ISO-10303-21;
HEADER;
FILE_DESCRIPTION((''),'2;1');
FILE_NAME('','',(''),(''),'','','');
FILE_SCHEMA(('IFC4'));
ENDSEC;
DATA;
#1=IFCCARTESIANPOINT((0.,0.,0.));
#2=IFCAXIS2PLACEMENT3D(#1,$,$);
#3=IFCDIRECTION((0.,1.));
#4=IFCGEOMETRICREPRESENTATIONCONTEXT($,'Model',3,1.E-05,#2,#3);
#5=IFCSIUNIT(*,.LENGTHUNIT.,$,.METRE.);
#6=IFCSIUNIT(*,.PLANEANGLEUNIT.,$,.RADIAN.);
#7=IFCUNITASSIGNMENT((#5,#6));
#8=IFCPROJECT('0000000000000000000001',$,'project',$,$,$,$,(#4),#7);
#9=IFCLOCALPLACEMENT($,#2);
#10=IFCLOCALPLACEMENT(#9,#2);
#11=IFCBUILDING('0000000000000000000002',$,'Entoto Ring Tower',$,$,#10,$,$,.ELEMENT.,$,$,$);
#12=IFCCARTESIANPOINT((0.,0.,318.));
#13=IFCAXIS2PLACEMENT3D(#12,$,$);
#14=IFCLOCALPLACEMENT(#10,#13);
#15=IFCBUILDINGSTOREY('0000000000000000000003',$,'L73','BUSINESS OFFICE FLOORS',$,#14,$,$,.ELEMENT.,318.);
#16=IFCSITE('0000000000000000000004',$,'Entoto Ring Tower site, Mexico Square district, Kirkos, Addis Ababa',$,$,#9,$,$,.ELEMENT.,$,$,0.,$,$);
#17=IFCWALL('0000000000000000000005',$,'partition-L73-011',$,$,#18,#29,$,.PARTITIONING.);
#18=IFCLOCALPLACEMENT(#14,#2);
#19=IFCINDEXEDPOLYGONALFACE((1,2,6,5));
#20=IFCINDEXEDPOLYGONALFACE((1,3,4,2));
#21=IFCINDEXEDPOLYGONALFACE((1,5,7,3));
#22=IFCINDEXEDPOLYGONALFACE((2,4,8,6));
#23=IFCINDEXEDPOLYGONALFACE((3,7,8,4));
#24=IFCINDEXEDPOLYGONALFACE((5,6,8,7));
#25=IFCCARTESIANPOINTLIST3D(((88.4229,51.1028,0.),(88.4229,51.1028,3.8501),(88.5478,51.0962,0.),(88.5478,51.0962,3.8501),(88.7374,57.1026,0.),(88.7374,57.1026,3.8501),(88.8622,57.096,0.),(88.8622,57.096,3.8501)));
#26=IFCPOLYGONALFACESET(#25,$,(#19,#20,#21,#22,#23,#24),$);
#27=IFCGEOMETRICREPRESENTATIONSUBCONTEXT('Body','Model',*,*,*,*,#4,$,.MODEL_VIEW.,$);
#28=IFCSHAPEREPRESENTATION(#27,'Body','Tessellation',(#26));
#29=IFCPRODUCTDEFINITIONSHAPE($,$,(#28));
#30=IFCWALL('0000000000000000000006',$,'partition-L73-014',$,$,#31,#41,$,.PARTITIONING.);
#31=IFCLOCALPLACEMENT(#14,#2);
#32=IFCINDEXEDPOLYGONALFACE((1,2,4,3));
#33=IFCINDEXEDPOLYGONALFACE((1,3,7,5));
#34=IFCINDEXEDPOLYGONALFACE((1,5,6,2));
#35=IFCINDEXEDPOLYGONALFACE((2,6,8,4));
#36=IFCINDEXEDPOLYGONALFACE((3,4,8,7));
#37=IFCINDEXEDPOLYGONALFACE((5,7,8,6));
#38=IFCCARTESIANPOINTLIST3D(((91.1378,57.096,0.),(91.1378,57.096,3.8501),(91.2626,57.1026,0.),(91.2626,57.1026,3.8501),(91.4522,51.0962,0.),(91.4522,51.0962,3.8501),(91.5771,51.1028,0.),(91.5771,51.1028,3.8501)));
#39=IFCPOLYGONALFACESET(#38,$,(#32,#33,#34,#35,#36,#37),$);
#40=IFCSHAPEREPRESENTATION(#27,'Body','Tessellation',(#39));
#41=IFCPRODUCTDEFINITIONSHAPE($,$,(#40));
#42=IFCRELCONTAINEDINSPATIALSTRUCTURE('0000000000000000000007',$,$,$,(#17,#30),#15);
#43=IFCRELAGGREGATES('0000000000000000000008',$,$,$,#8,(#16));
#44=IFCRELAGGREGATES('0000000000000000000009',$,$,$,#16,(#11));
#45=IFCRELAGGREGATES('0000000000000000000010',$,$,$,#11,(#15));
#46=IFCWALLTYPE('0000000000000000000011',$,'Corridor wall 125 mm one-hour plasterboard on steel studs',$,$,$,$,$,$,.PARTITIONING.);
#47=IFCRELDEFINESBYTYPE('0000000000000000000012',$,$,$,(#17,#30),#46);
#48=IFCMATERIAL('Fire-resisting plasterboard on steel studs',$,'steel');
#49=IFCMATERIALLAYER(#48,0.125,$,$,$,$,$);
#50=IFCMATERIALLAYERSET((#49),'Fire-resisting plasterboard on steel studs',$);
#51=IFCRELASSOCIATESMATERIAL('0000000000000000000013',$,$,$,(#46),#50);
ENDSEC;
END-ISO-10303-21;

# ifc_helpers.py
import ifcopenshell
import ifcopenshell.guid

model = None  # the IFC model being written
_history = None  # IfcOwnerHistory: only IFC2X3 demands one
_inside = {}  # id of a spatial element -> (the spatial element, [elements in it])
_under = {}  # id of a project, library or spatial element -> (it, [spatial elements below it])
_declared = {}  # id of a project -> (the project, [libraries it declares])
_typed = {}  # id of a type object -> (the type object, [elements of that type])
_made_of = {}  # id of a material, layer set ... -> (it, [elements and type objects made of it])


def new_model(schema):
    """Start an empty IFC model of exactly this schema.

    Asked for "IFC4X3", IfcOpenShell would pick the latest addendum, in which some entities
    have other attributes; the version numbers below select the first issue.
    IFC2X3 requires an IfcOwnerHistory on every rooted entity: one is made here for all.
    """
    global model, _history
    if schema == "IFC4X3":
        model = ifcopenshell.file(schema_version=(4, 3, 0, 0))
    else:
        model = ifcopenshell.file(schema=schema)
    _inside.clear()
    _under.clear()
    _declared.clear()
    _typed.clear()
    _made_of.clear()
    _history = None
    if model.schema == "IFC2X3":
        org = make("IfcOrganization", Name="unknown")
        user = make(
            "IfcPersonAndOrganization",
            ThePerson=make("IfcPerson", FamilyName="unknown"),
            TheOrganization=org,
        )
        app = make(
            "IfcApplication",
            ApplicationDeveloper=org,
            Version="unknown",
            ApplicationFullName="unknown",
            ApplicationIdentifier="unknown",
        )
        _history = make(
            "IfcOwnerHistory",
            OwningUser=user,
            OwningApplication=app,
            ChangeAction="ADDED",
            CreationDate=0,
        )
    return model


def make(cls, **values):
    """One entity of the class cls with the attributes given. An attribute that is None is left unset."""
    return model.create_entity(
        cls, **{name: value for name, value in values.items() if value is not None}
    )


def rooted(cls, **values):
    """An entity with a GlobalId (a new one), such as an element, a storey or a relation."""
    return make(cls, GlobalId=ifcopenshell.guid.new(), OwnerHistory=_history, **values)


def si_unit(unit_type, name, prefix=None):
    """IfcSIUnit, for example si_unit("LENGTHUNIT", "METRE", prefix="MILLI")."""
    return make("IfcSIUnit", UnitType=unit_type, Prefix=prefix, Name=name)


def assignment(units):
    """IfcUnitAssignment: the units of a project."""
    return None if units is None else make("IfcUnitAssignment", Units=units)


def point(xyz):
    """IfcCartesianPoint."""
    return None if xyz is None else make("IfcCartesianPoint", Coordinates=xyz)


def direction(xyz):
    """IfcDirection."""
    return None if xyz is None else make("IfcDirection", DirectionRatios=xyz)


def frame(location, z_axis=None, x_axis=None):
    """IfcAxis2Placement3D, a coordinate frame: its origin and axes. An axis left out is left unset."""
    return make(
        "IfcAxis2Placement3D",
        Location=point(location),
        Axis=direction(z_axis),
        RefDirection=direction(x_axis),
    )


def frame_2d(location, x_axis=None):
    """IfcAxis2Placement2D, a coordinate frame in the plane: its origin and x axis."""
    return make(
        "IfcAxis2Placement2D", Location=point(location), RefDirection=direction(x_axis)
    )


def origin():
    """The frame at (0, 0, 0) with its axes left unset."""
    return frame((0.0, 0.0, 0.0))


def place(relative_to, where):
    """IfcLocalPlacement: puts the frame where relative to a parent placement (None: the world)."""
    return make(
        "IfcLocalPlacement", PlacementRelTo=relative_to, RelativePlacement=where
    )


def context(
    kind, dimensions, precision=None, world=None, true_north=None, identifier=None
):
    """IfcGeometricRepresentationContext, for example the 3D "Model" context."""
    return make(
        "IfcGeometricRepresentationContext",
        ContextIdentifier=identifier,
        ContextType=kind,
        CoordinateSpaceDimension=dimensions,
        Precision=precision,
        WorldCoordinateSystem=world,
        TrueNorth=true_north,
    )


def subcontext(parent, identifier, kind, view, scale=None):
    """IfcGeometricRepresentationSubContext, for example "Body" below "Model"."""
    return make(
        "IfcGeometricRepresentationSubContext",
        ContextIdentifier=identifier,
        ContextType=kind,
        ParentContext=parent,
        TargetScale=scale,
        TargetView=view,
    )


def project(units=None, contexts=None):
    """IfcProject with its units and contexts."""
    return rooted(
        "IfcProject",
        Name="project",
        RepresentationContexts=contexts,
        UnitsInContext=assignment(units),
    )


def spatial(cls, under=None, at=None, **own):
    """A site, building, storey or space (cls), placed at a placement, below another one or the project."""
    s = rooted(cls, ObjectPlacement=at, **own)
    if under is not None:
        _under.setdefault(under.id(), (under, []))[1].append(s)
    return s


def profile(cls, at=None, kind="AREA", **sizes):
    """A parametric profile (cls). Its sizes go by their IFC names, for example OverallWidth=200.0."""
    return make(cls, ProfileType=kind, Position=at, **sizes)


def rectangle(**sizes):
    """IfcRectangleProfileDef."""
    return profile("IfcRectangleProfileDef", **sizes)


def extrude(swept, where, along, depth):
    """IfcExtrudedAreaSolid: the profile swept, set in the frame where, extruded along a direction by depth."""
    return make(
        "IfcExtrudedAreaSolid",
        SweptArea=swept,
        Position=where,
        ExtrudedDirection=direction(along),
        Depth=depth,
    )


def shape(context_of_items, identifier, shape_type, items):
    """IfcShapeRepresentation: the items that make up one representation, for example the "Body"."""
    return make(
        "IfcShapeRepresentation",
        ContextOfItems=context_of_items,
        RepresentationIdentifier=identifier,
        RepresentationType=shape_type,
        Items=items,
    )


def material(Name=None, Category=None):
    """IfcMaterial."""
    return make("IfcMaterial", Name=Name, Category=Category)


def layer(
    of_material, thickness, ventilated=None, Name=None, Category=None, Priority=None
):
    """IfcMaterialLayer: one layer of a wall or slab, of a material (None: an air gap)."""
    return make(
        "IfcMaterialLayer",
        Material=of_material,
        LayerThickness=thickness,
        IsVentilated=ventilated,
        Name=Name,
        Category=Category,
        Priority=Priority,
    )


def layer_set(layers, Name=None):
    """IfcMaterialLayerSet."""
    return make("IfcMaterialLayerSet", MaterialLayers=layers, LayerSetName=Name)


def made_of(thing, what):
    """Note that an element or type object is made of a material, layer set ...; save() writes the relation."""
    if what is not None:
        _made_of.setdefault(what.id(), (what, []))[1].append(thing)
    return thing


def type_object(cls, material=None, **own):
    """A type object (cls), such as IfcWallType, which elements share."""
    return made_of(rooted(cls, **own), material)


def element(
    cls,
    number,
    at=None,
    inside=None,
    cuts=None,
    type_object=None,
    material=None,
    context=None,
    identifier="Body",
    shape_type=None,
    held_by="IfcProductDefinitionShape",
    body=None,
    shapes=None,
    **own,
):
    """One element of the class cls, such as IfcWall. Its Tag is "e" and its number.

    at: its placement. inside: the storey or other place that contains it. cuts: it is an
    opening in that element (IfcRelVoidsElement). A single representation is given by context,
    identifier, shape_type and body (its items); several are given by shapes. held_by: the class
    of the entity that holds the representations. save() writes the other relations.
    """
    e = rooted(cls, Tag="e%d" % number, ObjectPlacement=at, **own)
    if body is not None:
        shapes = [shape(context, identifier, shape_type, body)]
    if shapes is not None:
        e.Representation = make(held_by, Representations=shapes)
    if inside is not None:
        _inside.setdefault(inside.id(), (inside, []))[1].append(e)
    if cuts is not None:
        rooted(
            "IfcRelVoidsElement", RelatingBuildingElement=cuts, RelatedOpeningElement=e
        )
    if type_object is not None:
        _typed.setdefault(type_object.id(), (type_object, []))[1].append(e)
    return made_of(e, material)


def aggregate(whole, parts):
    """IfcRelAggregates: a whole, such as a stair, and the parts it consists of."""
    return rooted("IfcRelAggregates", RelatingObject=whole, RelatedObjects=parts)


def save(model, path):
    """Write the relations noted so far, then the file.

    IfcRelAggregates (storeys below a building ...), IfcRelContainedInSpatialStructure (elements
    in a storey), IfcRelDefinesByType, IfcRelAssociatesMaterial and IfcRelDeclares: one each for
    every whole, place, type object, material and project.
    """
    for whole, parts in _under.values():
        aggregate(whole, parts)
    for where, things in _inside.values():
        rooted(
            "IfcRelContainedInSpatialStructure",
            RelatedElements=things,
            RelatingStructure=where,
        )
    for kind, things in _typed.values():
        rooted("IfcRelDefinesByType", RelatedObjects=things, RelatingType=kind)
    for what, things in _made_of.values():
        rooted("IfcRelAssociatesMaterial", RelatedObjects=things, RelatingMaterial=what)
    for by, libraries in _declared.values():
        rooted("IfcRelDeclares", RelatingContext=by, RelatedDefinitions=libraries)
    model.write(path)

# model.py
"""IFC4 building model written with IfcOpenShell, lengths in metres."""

from ifc_helpers import new_model, si_unit, direction, frame, frame_2d, origin, place, context, subcontext, project, spatial, rectangle, extrude, material, layer, layer_set, type_object, element, save


model = new_model("IFC4")

# Units and contexts
model_context = context("Model", 3, precision=1e-05, world=origin(), true_north=direction((0.0, 1.0)))
body_context = subcontext(model_context, "Body", "Model", "MODEL_VIEW")
ifc_project = project(units=[si_unit("LENGTHUNIT", "METRE"), si_unit("PLANEANGLEUNIT", "RADIAN")], contexts=[model_context])

# Site, building, storey
site_placement = place(None, origin())
site = spatial("IfcSite", under=ifc_project, at=site_placement, Name="Entoto Ring Tower site, Mexico Square district, Kirkos, Addis Ababa", CompositionType="ELEMENT", RefElevation=0.0)
building_placement = place(site_placement, origin())
building = spatial("IfcBuilding", under=site, at=building_placement, Name="Entoto Ring Tower", CompositionType="ELEMENT")
storey_placement = place(building_placement, frame((0.0, 0.0, 318.0)))
storey = spatial("IfcBuildingStorey", under=building, at=storey_placement, Name="L73", Description="BUSINESS OFFICE FLOORS", CompositionType="ELEMENT", Elevation=318.0)

# Shared definitions
ifc_material_1 = material(Name="Fire-resisting plasterboard on steel studs", Category="steel")
ifc_layer_1 = layer(ifc_material_1, 0.125)
ifc_layer_set_1 = layer_set([ifc_layer_1], Name="Fire-resisting plasterboard on steel studs")
wall_type_1 = type_object("IfcWallType", Name="Corridor wall 125 mm one-hour plasterboard on steel studs", PredefinedType="PARTITIONING", material=ifc_layer_set_1)

# Walls
for number, where, z_axis, x_axis, name in (
    (1, (88.4854, 51.0996, 0.0), (0.0, 0.0, 1.0), (0.052339, 0.998629, 0.0), "partition-L73-011"),
    (2, (91.5146, 51.0996, 0.0), (0.0, 0.0, 1.0), (-0.052339, 0.998629, 0.0), "partition-L73-014"),
):
    element("IfcWall", number, at=place(storey_placement, frame(where, z_axis=z_axis, x_axis=x_axis)), inside=storey, type_object=wall_type_1, Name=name, PredefinedType="PARTITIONING", context=body_context, shape_type="SweptSolid", body=[
        extrude(rectangle(XDim=6.0081, YDim=0.125, at=frame_2d((3.0039, 0.0))), origin(), (0.0, 0.0, 1.0), 3.8501),
    ])

save(model, "model.ifc")
